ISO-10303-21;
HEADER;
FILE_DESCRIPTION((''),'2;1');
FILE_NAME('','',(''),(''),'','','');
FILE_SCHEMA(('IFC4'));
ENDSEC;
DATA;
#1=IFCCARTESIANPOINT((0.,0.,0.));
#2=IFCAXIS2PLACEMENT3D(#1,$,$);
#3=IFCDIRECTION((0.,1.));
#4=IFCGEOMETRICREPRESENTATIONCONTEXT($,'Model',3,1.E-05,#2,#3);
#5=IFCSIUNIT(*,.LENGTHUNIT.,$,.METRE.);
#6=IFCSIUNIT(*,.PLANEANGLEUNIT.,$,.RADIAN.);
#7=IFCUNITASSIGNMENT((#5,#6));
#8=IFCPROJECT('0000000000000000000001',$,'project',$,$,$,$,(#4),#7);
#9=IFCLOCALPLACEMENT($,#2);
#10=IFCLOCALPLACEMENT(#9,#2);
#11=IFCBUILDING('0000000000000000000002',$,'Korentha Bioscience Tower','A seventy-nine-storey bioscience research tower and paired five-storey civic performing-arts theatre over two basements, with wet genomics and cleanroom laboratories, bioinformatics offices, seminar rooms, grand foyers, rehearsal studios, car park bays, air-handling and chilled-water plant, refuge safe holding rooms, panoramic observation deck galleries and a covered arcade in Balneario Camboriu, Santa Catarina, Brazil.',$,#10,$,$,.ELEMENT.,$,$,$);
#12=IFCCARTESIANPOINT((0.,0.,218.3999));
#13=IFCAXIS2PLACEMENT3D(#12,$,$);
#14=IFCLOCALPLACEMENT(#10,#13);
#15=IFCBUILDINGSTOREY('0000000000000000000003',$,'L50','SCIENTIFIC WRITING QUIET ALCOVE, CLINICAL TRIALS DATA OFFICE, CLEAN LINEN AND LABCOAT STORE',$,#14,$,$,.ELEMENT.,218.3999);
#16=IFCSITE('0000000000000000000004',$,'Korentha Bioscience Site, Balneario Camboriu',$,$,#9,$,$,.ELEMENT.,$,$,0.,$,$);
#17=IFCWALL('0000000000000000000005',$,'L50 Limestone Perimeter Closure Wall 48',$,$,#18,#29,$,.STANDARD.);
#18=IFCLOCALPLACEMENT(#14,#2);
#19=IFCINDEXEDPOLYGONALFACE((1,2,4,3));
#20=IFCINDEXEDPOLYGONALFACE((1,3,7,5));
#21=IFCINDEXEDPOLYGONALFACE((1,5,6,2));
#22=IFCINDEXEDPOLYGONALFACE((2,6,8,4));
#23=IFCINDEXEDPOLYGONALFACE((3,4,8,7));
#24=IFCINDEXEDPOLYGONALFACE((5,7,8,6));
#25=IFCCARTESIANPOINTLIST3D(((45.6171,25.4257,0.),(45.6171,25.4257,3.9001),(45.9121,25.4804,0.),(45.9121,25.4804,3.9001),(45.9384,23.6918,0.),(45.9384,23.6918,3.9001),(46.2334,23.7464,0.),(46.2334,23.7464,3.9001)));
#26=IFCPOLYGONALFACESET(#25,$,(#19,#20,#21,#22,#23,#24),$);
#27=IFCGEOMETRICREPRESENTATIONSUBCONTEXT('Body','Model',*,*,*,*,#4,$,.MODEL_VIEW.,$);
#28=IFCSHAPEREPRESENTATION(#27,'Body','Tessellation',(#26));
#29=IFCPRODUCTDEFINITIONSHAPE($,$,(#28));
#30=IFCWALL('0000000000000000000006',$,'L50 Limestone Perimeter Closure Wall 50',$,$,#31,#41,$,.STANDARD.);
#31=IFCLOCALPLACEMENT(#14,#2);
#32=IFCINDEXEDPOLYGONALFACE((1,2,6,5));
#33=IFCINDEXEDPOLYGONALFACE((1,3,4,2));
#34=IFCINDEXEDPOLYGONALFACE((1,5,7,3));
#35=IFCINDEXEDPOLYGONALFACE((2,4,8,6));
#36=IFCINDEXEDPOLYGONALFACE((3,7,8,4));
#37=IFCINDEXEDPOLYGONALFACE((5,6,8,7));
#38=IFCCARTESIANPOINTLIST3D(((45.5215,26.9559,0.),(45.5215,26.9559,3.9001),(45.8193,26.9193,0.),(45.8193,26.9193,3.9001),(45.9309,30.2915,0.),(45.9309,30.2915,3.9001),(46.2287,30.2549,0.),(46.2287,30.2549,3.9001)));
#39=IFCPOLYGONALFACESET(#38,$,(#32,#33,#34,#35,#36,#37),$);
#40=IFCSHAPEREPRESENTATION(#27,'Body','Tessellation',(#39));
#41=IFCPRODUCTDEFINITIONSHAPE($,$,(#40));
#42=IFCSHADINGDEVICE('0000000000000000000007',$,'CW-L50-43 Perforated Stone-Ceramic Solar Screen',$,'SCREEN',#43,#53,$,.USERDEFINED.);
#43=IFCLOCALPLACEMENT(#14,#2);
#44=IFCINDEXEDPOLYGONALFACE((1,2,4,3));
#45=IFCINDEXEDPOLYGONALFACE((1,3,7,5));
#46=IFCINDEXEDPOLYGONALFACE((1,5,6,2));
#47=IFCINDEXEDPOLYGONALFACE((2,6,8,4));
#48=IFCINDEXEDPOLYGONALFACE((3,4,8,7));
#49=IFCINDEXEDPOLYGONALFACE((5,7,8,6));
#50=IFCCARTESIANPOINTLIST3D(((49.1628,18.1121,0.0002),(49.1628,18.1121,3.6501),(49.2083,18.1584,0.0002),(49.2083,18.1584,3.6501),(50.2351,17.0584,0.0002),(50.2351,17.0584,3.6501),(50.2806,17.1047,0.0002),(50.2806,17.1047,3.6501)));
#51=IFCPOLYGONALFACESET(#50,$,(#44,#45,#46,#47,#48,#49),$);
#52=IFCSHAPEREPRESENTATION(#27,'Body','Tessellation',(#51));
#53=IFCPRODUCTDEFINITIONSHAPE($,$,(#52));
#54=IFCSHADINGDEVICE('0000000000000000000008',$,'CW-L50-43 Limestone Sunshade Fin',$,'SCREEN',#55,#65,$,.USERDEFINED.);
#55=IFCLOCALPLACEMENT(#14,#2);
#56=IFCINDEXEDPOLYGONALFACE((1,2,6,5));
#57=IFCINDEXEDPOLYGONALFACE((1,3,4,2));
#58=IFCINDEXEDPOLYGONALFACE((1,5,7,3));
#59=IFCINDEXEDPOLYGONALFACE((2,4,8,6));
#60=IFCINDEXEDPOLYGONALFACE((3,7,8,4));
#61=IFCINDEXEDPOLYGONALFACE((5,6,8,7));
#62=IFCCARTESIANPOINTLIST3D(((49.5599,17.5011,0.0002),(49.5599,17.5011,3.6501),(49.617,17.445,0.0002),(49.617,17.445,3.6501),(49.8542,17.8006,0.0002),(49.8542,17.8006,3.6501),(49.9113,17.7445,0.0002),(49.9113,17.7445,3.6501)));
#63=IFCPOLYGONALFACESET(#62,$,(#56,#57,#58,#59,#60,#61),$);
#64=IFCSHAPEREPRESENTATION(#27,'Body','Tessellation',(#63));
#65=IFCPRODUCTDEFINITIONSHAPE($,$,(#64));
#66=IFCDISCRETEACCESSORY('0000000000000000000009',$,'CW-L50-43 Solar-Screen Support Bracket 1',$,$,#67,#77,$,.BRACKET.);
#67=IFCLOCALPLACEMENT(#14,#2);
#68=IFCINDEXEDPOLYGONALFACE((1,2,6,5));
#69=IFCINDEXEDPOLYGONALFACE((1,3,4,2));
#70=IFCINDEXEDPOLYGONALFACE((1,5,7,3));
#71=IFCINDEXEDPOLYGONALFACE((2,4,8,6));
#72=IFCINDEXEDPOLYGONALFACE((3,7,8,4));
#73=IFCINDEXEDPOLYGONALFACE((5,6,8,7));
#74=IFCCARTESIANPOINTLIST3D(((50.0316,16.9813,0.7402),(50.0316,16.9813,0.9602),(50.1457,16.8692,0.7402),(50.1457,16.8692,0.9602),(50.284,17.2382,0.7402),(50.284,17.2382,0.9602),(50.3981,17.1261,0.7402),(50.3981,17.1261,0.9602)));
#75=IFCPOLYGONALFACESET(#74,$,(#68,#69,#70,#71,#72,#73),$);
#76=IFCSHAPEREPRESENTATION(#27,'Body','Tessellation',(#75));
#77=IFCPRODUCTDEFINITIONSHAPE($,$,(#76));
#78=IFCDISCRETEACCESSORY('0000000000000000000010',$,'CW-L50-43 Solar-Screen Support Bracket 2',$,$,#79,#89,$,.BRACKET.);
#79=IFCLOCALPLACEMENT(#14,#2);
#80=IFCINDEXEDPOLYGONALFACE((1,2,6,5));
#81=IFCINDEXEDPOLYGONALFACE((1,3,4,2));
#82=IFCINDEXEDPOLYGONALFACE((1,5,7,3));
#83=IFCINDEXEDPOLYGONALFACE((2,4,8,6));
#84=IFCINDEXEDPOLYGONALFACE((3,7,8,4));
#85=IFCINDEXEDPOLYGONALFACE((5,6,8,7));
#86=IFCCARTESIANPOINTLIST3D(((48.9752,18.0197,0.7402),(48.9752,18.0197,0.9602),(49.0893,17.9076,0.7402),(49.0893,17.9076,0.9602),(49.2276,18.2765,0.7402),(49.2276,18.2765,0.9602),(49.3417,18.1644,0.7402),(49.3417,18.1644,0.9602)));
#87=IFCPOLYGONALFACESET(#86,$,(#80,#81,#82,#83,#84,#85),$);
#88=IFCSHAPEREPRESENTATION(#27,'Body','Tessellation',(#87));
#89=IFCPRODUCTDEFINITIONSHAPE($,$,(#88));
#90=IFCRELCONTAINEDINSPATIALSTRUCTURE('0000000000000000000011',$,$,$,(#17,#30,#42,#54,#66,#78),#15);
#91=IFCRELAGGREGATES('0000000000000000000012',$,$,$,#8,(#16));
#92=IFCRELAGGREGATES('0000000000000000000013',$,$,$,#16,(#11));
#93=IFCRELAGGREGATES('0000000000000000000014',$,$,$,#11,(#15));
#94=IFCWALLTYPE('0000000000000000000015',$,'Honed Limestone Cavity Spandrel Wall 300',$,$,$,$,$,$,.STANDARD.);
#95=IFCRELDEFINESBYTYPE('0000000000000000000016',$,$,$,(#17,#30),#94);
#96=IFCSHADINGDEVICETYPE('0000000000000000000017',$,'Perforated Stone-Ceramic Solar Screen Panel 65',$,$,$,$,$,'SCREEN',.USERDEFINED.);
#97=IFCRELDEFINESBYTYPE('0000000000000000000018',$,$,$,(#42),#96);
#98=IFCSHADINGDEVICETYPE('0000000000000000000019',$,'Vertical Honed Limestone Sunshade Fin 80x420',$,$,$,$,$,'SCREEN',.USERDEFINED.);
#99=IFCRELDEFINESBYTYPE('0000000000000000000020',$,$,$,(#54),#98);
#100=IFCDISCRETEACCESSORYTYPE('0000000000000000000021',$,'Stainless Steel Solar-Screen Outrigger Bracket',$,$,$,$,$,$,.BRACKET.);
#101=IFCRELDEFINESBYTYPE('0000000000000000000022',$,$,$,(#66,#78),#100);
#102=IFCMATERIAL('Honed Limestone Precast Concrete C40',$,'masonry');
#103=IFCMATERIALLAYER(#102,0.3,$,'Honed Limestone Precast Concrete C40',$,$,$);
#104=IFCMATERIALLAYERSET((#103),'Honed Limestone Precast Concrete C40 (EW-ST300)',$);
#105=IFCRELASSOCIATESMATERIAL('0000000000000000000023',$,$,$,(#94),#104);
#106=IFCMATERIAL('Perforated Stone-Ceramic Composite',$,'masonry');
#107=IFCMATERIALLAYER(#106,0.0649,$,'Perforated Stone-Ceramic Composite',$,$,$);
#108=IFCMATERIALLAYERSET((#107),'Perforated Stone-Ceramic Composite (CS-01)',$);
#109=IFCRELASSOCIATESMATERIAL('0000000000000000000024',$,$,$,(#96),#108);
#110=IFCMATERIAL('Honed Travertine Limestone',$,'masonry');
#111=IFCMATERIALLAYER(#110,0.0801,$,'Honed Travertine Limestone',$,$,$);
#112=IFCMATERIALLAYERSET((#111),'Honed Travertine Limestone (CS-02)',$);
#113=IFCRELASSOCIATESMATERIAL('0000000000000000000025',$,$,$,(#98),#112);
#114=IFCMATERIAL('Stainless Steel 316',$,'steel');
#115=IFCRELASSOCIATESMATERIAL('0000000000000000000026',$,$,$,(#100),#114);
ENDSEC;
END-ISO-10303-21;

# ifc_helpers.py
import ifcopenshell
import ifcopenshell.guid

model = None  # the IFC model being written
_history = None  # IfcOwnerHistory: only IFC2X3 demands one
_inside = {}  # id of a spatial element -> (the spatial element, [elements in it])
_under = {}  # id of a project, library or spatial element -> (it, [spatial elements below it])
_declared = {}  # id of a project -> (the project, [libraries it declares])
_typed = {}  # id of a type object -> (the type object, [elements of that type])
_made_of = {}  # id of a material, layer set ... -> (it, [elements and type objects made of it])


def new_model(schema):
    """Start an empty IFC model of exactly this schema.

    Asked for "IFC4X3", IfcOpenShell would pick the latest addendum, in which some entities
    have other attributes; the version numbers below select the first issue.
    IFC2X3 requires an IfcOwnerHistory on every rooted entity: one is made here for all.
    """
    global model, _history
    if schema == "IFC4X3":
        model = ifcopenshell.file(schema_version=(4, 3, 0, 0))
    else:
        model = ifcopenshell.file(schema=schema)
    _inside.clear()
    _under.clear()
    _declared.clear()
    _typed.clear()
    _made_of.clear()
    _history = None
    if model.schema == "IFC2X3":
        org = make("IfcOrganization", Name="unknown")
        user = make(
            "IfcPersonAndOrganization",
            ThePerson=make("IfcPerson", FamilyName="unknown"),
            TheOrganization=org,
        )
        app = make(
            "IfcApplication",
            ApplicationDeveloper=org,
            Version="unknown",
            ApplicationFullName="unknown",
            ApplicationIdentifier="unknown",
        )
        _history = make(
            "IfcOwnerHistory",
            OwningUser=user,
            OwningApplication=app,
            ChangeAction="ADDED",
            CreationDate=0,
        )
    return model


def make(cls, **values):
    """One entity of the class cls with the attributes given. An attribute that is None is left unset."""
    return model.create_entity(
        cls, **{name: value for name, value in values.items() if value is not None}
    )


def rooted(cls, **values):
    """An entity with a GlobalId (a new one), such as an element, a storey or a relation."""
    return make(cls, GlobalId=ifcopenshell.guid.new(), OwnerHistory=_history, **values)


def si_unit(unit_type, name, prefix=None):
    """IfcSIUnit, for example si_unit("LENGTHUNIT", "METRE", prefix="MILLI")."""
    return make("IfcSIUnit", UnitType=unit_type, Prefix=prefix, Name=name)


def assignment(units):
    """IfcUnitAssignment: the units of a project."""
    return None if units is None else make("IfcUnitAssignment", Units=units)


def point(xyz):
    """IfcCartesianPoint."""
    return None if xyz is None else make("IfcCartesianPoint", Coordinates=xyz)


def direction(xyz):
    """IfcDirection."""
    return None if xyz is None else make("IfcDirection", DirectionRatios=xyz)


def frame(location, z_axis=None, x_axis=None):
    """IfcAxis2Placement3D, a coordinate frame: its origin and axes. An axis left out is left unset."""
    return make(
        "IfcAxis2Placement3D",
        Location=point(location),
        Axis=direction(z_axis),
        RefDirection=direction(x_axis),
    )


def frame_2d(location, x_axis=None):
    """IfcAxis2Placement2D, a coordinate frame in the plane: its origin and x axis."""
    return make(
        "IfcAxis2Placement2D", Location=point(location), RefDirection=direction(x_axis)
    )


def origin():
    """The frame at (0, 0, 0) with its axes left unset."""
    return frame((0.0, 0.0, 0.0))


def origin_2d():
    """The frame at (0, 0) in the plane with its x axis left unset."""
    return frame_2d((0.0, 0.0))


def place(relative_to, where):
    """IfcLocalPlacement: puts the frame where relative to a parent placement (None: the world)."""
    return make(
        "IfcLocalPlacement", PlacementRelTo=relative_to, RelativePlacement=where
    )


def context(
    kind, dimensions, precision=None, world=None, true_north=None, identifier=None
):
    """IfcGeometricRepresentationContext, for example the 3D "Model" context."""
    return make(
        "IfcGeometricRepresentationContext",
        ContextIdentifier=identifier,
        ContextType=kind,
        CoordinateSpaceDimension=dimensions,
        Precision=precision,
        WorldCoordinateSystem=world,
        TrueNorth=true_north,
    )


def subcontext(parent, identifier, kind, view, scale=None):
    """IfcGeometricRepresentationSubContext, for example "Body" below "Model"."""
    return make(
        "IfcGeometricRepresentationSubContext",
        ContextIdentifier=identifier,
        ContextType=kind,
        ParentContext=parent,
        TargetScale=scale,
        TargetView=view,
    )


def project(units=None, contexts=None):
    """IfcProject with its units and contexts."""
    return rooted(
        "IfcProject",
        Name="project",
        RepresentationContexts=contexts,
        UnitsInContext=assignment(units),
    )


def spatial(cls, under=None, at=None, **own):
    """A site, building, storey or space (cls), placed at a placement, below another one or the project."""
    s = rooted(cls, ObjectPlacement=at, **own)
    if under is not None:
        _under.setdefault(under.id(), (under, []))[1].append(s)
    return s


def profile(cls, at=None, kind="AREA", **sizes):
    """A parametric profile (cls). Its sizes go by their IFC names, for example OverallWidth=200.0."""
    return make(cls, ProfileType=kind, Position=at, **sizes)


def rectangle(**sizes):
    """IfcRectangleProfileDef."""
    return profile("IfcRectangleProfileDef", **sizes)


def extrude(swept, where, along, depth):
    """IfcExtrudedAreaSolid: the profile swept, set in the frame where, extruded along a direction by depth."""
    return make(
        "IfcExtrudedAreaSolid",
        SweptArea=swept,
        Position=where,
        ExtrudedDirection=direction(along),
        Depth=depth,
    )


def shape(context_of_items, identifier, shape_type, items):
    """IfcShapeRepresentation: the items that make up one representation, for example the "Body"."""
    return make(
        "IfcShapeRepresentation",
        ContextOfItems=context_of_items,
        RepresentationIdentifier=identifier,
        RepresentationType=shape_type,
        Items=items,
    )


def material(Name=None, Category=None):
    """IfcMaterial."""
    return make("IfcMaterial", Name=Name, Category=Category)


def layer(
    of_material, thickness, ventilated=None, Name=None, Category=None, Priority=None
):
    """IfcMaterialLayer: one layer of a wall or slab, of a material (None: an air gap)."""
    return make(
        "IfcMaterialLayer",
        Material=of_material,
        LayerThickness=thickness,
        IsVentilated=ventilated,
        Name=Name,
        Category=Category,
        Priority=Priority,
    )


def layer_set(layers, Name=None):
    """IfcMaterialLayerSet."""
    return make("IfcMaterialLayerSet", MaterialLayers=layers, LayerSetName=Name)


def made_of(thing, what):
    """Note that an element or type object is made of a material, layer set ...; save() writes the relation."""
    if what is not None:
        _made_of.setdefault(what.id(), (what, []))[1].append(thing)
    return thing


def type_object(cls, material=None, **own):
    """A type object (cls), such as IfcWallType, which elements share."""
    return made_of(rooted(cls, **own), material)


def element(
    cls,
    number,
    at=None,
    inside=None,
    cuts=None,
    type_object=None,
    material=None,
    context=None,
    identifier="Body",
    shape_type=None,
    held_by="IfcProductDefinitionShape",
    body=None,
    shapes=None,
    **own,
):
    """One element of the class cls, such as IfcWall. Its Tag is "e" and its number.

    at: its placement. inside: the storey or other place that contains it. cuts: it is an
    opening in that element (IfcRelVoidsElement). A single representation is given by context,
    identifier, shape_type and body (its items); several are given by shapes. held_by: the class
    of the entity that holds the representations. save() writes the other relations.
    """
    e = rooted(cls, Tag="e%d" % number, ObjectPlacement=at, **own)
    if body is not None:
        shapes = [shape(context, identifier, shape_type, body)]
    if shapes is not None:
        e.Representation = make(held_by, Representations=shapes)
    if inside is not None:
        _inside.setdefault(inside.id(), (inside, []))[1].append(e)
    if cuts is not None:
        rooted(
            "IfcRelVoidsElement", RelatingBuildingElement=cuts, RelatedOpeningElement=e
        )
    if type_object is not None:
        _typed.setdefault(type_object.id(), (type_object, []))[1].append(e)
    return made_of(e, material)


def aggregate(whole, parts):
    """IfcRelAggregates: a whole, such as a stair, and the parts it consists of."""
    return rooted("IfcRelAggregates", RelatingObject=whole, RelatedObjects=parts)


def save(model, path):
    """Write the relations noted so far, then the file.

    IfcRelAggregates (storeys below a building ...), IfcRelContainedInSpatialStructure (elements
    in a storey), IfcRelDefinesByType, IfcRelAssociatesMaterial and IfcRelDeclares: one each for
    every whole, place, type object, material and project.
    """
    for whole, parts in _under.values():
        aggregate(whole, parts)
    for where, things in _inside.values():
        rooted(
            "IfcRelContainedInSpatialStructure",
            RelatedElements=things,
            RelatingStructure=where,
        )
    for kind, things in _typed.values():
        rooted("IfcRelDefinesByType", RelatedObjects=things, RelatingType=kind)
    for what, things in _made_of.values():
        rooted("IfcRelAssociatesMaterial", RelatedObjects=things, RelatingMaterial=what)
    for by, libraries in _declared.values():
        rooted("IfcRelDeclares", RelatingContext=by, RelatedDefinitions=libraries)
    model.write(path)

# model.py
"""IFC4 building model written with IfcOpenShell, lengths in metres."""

from ifc_helpers import new_model, si_unit, direction, frame, frame_2d, origin, origin_2d, place, context, subcontext, project, spatial, rectangle, extrude, material, layer, layer_set, type_object, element, save


model = new_model("IFC4")

# Units and contexts
model_context = context("Model", 3, precision=1e-05, world=origin(), true_north=direction((0.0, 1.0)))
body_context = subcontext(model_context, "Body", "Model", "MODEL_VIEW")
ifc_project = project(units=[si_unit("LENGTHUNIT", "METRE"), si_unit("PLANEANGLEUNIT", "RADIAN")], contexts=[model_context])

# Site, building, storey
site_placement = place(None, origin())
site = spatial("IfcSite", under=ifc_project, at=site_placement, Name="Korentha Bioscience Site, Balneario Camboriu", CompositionType="ELEMENT", RefElevation=0.0)
building_placement = place(site_placement, origin())
building = spatial("IfcBuilding", under=site, at=building_placement, Name="Korentha Bioscience Tower", Description="A seventy-nine-storey bioscience research tower and paired five-storey civic performing-arts theatre over two basements, with wet genomics and cleanroom laboratories, bioinformatics offices, seminar rooms, grand foyers, rehearsal studios, car park bays, air-handling and chilled-water plant, refuge safe holding rooms, panoramic observation deck galleries and a covered arcade in Balneario Camboriu, Santa Catarina, Brazil.", CompositionType="ELEMENT")
storey_placement = place(building_placement, frame((0.0, 0.0, 218.3999)))
storey = spatial("IfcBuildingStorey", under=building, at=storey_placement, Name="L50", Description="SCIENTIFIC WRITING QUIET ALCOVE, CLINICAL TRIALS DATA OFFICE, CLEAN LINEN AND LABCOAT STORE", CompositionType="ELEMENT", Elevation=218.3999)

# Walls
ifc_material_1 = material(Name="Honed Limestone Precast Concrete C40", Category="masonry")
ifc_layer_1 = layer(ifc_material_1, 0.3, Name="Honed Limestone Precast Concrete C40")
ifc_layer_set_1 = layer_set([ifc_layer_1], Name="Honed Limestone Precast Concrete C40 (EW-ST300)")
wall_type_1 = type_object("IfcWallType", Name="Honed Limestone Cavity Spandrel Wall 300", PredefinedType="STANDARD", material=ifc_layer_set_1)
wall_1_placement = place(storey_placement, frame((46.0859, 23.719, 0.0), z_axis=(0.0, 0.0, 1.0), x_axis=(-0.182198, 0.983262, 0.0)))
element("IfcWall", 1, at=wall_1_placement, inside=storey, type_object=wall_type_1, Name="L50 Limestone Perimeter Closure Wall 48", PredefinedType="STANDARD", context=body_context, shape_type="SweptSolid", body=[
    extrude(rectangle(XDim=1.7634, YDim=0.3, at=frame_2d((0.8818, 0.0))), origin(), (0.0, 0.0, 1.0), 3.9001),
])
wall_2_placement = place(storey_placement, frame((45.6704, 26.9377, 0.0), z_axis=(0.0, 0.0, 1.0), x_axis=(0.121835, 0.99255, 0.0)))
element("IfcWall", 2, at=wall_2_placement, inside=storey, type_object=wall_type_1, Name="L50 Limestone Perimeter Closure Wall 50", PredefinedType="STANDARD", context=body_context, shape_type="SweptSolid", body=[
    extrude(rectangle(XDim=3.3606, YDim=0.3, at=frame_2d((1.6802, 0.0))), origin(), (0.0, 0.0, 1.0), 3.9001),
])

# Shading devices
ifc_material_2 = material(Name="Perforated Stone-Ceramic Composite", Category="masonry")
ifc_layer_2 = layer(ifc_material_2, 0.0649, Name="Perforated Stone-Ceramic Composite")
ifc_layer_set_2 = layer_set([ifc_layer_2], Name="Perforated Stone-Ceramic Composite (CS-01)")
shading_device_type_1 = type_object("IfcShadingDeviceType", Name="Perforated Stone-Ceramic Solar Screen Panel 65", ElementType="SCREEN", PredefinedType="USERDEFINED", material=ifc_layer_set_2)
shading_device_1_placement = place(storey_placement, frame((49.7217, 17.6084, 0.0002), z_axis=(0.0, 0.0, 1.0), x_axis=(-0.713258, 0.700901, 0.0)))
element("IfcShadingDevice", 3, at=shading_device_1_placement, inside=storey, type_object=shading_device_type_1, Name="CW-L50-43 Perforated Stone-Ceramic Solar Screen", ObjectType="SCREEN", PredefinedType="USERDEFINED", context=body_context, shape_type="SweptSolid", body=[
    extrude(rectangle(XDim=1.5034, YDim=0.0649, at=origin_2d()), origin(), (0.0, 0.0, 1.0), 3.6499),
])
ifc_material_3 = material(Name="Honed Travertine Limestone", Category="masonry")
ifc_layer_3 = layer(ifc_material_3, 0.0801, Name="Honed Travertine Limestone")
ifc_layer_set_3 = layer_set([ifc_layer_3], Name="Honed Travertine Limestone (CS-02)")
shading_device_type_2 = type_object("IfcShadingDeviceType", Name="Vertical Honed Limestone Sunshade Fin 80x420", ElementType="SCREEN", PredefinedType="USERDEFINED", material=ifc_layer_set_3)
shading_device_2_placement = place(storey_placement, frame((49.7356, 17.6228, 0.0002), z_axis=(0.0, 0.0, 1.0), x_axis=(-0.713258, 0.700901, 0.0)))
element("IfcShadingDevice", 4, at=shading_device_2_placement, inside=storey, type_object=shading_device_type_2, Name="CW-L50-43 Limestone Sunshade Fin", ObjectType="SCREEN", PredefinedType="USERDEFINED", context=body_context, shape_type="SweptSolid", body=[
    extrude(rectangle(XDim=0.0801, YDim=0.4199, at=origin_2d()), origin(), (0.0, 0.0, 1.0), 3.6499),
])

# Discrete accessories
ifc_material_4 = material(Name="Stainless Steel 316", Category="steel")
discrete_accessory_type = type_object("IfcDiscreteAccessoryType", Name="Stainless Steel Solar-Screen Outrigger Bracket", PredefinedType="BRACKET", material=ifc_material_4)
for number, where, z_axis, x_axis, name in (
    (5, (50.2148, 17.0537, 0.7402), (0.0, 0.0, 1.0), (-0.713258, 0.700901, 0.0), "CW-L50-43 Solar-Screen Support Bracket 1"),
    (6, (49.1584, 18.092, 0.7402), (0.0, 0.0, 1.0), (-0.713258, 0.700901, 0.0), "CW-L50-43 Solar-Screen Support Bracket 2"),
):
    element("IfcDiscreteAccessory", number, at=place(storey_placement, frame(where, z_axis=z_axis, x_axis=x_axis)), inside=storey, type_object=discrete_accessory_type, Name=name, PredefinedType="BRACKET", context=body_context, shape_type="SweptSolid", body=[
        extrude(rectangle(XDim=0.1599, YDim=0.3601, at=origin_2d()), origin(), (0.0, 0.0, 1.0), 0.22),
    ])

save(model, "model.ifc")
